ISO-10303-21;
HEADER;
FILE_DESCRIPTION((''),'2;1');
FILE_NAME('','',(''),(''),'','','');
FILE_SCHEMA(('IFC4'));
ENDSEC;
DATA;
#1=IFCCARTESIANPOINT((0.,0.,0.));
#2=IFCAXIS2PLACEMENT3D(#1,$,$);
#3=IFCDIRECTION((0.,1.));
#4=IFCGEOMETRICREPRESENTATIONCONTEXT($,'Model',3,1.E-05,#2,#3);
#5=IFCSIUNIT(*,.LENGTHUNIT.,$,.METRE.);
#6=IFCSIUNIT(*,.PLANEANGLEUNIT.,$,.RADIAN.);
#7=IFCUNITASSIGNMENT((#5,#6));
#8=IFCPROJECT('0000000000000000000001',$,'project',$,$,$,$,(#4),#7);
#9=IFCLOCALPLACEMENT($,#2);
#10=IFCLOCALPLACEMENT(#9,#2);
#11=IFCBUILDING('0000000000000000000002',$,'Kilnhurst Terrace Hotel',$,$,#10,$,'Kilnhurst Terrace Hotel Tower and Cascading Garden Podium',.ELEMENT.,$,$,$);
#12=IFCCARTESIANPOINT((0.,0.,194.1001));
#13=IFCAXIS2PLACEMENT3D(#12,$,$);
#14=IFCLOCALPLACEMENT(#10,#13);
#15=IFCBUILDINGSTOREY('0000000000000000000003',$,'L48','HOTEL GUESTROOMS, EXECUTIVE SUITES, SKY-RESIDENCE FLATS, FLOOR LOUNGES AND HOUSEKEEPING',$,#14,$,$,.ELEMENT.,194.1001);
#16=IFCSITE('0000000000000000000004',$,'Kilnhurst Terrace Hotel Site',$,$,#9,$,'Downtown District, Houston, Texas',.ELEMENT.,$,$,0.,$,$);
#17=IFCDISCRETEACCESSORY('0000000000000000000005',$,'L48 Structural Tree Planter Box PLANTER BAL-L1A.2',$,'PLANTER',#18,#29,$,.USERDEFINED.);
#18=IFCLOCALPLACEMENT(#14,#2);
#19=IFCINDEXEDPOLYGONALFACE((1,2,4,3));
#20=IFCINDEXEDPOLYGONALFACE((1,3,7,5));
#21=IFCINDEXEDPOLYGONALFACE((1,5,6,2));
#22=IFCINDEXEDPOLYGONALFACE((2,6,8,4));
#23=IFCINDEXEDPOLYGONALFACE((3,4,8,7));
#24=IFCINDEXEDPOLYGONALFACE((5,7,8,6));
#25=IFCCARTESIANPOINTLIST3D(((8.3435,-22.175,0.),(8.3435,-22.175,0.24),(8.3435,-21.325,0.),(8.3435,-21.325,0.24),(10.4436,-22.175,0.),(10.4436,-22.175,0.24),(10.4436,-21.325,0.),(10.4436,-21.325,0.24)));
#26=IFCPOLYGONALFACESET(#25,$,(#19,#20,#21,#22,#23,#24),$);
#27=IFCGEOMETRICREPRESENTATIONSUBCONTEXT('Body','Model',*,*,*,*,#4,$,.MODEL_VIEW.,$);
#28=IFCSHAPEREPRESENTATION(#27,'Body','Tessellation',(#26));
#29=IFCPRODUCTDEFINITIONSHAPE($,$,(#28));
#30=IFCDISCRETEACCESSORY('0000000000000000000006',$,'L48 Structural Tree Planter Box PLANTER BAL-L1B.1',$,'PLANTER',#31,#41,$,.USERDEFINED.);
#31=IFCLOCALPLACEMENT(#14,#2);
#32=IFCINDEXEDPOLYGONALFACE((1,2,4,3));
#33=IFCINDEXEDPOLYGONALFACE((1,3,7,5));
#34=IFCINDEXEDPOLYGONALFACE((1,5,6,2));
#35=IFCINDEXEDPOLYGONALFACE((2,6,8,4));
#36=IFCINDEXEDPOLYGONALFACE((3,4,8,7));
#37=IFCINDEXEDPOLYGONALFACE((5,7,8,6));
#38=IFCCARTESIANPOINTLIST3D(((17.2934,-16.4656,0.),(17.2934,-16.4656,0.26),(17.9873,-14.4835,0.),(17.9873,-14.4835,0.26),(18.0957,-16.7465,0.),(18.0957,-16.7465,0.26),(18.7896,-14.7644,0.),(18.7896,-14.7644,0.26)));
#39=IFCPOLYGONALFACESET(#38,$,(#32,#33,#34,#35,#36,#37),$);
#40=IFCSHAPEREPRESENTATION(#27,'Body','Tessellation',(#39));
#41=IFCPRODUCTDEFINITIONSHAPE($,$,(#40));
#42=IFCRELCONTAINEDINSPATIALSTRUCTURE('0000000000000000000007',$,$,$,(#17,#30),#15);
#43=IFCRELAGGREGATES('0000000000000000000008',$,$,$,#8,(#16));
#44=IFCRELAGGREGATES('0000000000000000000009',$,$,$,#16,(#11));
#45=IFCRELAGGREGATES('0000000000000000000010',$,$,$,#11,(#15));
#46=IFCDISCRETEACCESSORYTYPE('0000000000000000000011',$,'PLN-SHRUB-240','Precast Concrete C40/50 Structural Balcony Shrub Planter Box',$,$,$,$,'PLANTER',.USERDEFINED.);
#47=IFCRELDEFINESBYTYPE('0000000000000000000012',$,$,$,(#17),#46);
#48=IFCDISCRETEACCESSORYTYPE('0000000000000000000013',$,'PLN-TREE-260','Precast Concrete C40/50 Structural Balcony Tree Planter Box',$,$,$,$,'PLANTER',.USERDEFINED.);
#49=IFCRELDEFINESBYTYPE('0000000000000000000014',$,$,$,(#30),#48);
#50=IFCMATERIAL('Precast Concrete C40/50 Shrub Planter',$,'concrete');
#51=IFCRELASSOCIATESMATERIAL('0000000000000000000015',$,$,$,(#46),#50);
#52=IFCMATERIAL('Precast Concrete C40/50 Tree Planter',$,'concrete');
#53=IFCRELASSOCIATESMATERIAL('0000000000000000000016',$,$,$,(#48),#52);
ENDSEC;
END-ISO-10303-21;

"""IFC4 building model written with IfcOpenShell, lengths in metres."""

from ifc_helpers import new_model, si_unit, direction, frame, origin, origin_2d, place, context, subcontext, project, spatial, rectangle, extrude, material, type_object, element, save


model = new_model("IFC4")

# Units and contexts
model_context = context("Model", 3, precision=1e-05, world=origin(), true_north=direction((0.0, 1.0)))
body_context = subcontext(model_context, "Body", "Model", "MODEL_VIEW")
ifc_project = project(units=[si_unit("LENGTHUNIT", "METRE"), si_unit("PLANEANGLEUNIT", "RADIAN")], contexts=[model_context])

# Site, building, storey
site_placement = place(None, origin())
site = spatial("IfcSite", under=ifc_project, at=site_placement, Name="Kilnhurst Terrace Hotel Site", LongName="Downtown District, Houston, Texas", CompositionType="ELEMENT", RefElevation=0.0)
building_placement = place(site_placement, origin())
building = spatial("IfcBuilding", under=site, at=building_placement, Name="Kilnhurst Terrace Hotel", LongName="Kilnhurst Terrace Hotel Tower and Cascading Garden Podium", CompositionType="ELEMENT")
storey_placement = place(building_placement, frame((0.0, 0.0, 194.1001)))
storey = spatial("IfcBuildingStorey", under=building, at=storey_placement, Name="L48", Description="HOTEL GUESTROOMS, EXECUTIVE SUITES, SKY-RESIDENCE FLATS, FLOOR LOUNGES AND HOUSEKEEPING", CompositionType="ELEMENT", Elevation=194.1001)

# Discrete accessories
ifc_material_1 = material(Name="Precast Concrete C40/50 Shrub Planter", Category="concrete")
discrete_accessory_type_1 = type_object("IfcDiscreteAccessoryType", Name="PLN-SHRUB-240", Description="Precast Concrete C40/50 Structural Balcony Shrub Planter Box", ElementType="PLANTER", PredefinedType="USERDEFINED", material=ifc_material_1)
discrete_accessory_1_placement = place(storey_placement, frame((9.3936, -21.75, 0.0), z_axis=(0.0, 0.0, 1.0), x_axis=(1.0, 0.0, 0.0)))
element("IfcDiscreteAccessory", 1, at=discrete_accessory_1_placement, inside=storey, type_object=discrete_accessory_type_1, Name="L48 Structural Tree Planter Box PLANTER BAL-L1A.2", ObjectType="PLANTER", PredefinedType="USERDEFINED", context=body_context, shape_type="SweptSolid", body=[
    extrude(rectangle(XDim=2.1001, YDim=0.8501, at=origin_2d()), origin(), (0.0, 0.0, 1.0), 0.24),
])
ifc_material_2 = material(Name="Precast Concrete C40/50 Tree Planter", Category="concrete")
discrete_accessory_type_2 = type_object("IfcDiscreteAccessoryType", Name="PLN-TREE-260", Description="Precast Concrete C40/50 Structural Balcony Tree Planter Box", ElementType="PLANTER", PredefinedType="USERDEFINED", material=ifc_material_2)
discrete_accessory_2_placement = place(storey_placement, frame((18.0415, -15.615, 0.0), z_axis=(0.0, 0.0, 1.0), x_axis=(0.330432, 0.94383, 0.0)))
element("IfcDiscreteAccessory", 2, at=discrete_accessory_2_placement, inside=storey, type_object=discrete_accessory_type_2, Name="L48 Structural Tree Planter Box PLANTER BAL-L1B.1", ObjectType="PLANTER", PredefinedType="USERDEFINED", context=body_context, shape_type="SweptSolid", body=[
    extrude(rectangle(XDim=2.1001, YDim=0.8501, at=origin_2d()), origin(), (0.0, 0.0, 1.0), 0.26),
])

save(model, "model.ifc")
